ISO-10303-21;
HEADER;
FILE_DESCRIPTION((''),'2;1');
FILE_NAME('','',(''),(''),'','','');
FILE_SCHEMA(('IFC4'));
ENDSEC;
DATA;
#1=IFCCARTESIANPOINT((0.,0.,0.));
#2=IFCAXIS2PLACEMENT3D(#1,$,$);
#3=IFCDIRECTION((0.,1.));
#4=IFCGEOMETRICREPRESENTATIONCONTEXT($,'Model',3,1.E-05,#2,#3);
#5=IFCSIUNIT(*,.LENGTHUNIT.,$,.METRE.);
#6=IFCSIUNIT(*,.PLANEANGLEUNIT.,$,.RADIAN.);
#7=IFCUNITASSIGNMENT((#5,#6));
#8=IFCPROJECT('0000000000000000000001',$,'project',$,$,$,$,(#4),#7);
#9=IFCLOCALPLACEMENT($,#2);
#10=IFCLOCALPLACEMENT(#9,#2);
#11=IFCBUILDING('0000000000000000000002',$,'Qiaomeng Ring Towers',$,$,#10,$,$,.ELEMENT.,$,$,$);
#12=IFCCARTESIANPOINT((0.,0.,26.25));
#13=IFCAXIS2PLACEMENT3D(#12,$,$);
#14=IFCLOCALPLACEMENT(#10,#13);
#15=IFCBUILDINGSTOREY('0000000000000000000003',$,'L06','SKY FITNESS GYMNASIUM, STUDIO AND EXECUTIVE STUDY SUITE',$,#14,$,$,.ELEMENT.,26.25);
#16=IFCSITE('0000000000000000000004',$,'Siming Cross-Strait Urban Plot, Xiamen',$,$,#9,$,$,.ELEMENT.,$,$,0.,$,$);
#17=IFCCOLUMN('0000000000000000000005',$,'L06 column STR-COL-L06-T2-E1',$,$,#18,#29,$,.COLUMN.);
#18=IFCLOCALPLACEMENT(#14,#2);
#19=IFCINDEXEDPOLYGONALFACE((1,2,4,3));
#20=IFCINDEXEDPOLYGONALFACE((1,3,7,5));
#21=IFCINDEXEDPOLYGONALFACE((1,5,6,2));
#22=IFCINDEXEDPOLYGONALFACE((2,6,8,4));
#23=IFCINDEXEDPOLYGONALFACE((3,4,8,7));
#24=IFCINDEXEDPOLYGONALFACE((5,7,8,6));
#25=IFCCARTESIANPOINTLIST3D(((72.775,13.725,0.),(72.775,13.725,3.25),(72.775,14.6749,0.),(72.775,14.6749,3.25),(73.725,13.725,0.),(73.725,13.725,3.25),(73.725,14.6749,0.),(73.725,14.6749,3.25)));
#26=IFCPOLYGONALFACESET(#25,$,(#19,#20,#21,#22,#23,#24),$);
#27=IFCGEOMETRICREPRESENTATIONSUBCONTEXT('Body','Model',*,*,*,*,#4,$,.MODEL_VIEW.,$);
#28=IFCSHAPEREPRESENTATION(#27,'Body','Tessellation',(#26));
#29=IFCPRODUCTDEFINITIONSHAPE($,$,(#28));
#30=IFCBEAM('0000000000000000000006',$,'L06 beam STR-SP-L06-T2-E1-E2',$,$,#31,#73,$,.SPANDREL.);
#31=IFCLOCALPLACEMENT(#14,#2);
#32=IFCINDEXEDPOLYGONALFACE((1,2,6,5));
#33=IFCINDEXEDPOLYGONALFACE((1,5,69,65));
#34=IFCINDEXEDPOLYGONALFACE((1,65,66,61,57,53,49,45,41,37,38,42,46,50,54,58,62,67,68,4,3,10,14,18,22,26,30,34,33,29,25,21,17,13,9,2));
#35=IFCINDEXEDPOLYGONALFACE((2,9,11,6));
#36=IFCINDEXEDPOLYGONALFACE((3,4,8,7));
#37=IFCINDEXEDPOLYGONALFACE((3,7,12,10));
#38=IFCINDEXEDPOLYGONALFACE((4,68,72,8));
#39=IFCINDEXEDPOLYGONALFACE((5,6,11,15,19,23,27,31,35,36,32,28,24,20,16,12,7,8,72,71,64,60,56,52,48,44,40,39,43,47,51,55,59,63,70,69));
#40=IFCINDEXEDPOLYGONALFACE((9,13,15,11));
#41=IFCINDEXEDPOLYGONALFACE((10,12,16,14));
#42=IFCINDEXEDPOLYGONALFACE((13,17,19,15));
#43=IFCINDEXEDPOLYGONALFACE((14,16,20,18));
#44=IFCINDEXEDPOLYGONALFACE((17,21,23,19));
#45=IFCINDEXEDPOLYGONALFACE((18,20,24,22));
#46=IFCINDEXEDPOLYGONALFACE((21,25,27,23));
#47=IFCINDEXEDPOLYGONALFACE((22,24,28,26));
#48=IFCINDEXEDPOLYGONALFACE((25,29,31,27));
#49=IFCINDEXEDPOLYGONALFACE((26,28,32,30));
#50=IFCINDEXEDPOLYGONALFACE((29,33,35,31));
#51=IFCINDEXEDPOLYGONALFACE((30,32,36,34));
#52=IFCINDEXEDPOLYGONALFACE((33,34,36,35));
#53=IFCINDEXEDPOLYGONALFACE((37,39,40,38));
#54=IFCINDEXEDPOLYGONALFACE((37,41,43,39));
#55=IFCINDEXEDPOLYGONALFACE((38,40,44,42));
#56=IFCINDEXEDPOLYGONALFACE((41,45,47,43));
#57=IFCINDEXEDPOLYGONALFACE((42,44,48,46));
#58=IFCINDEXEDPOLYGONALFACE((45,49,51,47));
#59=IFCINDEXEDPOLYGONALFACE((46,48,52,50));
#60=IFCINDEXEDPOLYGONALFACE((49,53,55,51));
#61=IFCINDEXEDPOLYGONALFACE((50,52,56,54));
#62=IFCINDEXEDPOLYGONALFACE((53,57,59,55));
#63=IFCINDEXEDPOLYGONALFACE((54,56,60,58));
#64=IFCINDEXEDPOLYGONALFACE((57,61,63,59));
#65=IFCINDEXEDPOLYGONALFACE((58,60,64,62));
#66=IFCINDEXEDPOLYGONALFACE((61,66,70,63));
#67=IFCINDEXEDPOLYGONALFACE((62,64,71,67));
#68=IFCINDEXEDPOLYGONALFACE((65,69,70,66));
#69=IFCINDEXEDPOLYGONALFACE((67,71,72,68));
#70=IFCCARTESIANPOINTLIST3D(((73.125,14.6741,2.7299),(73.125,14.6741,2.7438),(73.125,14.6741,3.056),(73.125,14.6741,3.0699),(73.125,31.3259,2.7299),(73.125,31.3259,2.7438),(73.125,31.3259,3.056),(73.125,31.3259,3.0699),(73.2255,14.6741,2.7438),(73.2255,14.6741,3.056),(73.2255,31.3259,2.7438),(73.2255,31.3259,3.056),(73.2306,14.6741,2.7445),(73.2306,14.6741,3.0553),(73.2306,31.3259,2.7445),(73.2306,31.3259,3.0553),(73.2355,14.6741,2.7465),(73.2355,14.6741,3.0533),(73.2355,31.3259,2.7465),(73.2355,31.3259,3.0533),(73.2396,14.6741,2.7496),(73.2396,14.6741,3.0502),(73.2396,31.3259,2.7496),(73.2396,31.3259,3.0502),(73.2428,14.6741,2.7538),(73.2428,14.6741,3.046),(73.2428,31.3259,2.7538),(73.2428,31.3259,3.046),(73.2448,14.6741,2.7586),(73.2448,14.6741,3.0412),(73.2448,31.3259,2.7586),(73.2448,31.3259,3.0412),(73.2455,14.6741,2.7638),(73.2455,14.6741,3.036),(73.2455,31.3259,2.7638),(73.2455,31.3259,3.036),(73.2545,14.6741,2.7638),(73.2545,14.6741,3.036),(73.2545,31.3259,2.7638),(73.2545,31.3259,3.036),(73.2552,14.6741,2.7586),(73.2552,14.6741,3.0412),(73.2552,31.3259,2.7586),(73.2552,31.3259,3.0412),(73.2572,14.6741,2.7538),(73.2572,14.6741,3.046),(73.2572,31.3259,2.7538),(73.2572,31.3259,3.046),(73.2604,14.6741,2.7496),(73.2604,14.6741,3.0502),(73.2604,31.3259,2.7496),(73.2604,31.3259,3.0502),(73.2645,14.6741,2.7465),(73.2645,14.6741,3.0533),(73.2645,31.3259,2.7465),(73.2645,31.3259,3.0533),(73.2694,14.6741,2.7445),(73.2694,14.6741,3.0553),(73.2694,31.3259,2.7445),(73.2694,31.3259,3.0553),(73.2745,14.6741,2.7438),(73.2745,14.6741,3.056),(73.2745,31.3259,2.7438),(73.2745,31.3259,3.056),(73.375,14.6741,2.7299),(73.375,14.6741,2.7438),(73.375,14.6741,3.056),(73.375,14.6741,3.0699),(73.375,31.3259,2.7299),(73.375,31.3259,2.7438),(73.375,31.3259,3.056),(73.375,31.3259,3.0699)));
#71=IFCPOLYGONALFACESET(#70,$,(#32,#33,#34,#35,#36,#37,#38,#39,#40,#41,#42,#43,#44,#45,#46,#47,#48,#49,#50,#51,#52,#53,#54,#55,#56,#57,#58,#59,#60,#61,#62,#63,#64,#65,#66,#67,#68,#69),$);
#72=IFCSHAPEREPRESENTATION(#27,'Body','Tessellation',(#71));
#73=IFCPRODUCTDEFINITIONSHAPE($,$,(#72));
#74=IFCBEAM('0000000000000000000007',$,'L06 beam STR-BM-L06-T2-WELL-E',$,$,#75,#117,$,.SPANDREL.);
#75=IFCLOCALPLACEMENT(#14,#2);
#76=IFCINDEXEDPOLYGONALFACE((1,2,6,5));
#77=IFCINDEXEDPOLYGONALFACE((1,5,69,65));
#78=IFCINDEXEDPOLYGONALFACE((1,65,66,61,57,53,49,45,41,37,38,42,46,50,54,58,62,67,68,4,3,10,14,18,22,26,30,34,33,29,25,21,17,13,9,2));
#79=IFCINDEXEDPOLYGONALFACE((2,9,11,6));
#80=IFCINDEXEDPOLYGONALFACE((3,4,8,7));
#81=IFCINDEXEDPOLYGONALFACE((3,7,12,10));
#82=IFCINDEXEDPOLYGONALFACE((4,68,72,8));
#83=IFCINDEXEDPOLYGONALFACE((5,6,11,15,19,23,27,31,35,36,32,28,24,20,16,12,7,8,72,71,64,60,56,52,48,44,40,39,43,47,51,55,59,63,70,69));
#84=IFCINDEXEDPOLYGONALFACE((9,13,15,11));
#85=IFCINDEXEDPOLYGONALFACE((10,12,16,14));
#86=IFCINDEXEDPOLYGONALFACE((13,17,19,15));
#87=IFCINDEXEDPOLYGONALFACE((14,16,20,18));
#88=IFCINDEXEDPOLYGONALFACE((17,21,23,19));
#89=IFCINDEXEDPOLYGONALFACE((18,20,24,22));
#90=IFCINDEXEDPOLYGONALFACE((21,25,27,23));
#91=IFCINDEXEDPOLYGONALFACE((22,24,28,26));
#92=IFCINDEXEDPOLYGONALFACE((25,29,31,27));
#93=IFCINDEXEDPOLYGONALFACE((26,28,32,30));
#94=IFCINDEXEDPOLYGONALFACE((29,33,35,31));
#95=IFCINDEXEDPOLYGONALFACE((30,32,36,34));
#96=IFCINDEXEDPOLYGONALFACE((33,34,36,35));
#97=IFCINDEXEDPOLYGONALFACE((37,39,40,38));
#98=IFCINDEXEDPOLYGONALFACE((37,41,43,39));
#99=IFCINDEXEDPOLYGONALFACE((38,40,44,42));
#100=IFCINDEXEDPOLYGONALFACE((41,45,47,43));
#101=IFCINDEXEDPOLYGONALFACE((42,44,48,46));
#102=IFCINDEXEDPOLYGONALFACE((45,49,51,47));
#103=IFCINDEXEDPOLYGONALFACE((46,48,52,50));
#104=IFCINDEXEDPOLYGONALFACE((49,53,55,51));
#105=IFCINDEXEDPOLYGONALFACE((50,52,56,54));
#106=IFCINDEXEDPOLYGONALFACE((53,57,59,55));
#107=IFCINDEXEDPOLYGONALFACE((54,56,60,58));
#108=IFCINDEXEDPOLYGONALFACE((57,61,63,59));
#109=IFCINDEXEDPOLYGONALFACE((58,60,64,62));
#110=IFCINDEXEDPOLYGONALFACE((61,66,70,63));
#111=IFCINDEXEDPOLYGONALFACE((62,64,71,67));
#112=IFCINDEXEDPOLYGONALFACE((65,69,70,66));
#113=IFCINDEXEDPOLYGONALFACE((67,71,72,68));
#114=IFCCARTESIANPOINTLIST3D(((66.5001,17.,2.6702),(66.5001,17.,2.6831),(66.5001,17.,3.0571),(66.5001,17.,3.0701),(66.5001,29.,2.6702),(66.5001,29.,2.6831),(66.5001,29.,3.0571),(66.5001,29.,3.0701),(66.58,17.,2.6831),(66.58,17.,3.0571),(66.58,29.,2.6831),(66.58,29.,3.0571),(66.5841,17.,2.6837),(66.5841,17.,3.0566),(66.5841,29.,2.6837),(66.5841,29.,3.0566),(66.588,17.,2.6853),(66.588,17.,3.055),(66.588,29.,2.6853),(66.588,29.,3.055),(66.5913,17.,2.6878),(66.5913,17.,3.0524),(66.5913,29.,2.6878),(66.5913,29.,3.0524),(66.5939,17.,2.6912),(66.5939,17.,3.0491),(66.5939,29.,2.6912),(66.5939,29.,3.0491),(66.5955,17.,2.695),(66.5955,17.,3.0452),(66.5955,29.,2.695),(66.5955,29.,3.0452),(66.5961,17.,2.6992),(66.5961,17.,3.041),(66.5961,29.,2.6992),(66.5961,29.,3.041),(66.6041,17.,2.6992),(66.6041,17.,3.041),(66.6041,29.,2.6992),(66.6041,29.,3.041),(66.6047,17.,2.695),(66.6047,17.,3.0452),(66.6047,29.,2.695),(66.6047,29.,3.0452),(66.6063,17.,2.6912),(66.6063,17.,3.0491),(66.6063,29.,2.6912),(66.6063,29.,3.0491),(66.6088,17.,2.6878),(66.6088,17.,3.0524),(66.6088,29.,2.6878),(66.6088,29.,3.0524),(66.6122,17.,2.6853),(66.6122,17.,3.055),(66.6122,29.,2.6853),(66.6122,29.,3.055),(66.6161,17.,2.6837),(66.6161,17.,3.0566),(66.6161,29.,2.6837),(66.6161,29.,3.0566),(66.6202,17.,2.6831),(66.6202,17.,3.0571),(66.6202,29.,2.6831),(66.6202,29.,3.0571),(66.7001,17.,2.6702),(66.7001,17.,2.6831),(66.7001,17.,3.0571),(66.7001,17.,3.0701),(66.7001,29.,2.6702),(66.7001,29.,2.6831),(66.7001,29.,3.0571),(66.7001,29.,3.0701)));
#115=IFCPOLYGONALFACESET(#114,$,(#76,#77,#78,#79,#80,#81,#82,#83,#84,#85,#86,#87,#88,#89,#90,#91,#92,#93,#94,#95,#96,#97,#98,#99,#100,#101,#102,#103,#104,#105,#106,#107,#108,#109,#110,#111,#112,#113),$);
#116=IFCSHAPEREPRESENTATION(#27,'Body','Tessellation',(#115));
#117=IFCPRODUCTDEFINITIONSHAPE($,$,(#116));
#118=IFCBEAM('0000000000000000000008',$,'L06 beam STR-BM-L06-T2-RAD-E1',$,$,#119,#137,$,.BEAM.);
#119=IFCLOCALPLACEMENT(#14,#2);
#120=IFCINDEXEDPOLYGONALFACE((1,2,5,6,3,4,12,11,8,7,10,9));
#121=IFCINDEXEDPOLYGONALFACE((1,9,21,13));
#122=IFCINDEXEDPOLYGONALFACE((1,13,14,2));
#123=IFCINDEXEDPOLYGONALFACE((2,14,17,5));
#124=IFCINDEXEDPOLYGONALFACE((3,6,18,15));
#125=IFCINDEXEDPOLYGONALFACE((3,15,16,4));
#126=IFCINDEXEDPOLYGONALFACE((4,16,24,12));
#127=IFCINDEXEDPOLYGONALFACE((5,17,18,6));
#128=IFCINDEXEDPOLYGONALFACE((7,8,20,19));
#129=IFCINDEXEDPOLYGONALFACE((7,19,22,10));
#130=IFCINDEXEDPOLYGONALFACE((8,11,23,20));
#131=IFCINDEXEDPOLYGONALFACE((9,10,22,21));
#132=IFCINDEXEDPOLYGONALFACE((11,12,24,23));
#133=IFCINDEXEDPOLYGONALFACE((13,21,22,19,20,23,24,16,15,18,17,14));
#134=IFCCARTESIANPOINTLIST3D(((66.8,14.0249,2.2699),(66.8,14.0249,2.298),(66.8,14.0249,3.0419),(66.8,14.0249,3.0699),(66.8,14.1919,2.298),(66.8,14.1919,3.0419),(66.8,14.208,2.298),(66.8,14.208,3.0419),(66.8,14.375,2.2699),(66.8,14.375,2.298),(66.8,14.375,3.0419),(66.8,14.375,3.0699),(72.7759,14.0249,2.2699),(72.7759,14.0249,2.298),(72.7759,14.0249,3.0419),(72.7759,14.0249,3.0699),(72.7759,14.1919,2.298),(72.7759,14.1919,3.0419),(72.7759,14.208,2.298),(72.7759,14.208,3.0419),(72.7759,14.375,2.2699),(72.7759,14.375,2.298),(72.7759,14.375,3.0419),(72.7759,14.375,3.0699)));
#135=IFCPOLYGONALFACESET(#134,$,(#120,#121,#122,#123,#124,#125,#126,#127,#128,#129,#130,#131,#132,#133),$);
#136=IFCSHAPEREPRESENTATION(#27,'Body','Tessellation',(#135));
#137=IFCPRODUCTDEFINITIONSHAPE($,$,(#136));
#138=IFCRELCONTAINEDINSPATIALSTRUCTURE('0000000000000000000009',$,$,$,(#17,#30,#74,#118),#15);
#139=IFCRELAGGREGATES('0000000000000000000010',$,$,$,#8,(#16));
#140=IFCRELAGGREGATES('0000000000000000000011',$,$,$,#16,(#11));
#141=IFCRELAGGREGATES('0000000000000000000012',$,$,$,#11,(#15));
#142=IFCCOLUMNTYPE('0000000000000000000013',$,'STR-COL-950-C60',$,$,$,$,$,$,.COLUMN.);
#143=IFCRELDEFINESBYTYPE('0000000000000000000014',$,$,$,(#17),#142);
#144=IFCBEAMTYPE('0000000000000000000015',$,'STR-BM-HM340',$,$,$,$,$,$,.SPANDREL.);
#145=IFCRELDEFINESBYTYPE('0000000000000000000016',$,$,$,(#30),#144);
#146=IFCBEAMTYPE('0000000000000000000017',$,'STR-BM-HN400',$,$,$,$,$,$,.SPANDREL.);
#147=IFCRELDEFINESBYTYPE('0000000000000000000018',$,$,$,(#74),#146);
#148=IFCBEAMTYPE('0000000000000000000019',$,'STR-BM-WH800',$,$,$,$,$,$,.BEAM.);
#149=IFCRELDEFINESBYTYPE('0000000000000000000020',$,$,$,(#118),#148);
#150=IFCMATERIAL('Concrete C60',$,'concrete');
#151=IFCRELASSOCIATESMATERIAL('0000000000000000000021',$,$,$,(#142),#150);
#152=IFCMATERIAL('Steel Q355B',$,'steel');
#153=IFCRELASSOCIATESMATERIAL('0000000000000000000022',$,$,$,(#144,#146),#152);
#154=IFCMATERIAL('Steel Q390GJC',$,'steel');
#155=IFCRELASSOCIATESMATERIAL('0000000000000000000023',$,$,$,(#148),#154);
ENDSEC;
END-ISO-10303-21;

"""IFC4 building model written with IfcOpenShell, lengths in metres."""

from ifc_helpers import new_model, si_unit, direction, frame, origin, origin_2d, place, context, subcontext, project, spatial, rectangle, i_section, extrude, source, transform, mapped, material, material_profile, profile_set, type_object, element, save


model = new_model("IFC4")

# Units and contexts
model_context = context("Model", 3, precision=1e-05, world=origin(), true_north=direction((0.0, 1.0)))
body_context = subcontext(model_context, "Body", "Model", "MODEL_VIEW")
ifc_project = project(units=[si_unit("LENGTHUNIT", "METRE"), si_unit("PLANEANGLEUNIT", "RADIAN")], contexts=[model_context])

# Site, building, storey
site_placement = place(None, origin())
site = spatial("IfcSite", under=ifc_project, at=site_placement, Name="Siming Cross-Strait Urban Plot, Xiamen", CompositionType="ELEMENT", RefElevation=0.0)
building_placement = place(site_placement, origin())
building = spatial("IfcBuilding", under=site, at=building_placement, Name="Qiaomeng Ring Towers", CompositionType="ELEMENT")
storey_placement = place(building_placement, frame((0.0, 0.0, 26.25)))
storey = spatial("IfcBuildingStorey", under=building, at=storey_placement, Name="L06", Description="SKY FITNESS GYMNASIUM, STUDIO AND EXECUTIVE STUDY SUITE", CompositionType="ELEMENT", Elevation=26.25)

# Column
ifc_material_1 = material(Name="Concrete C60", Category="concrete")
ifc_material_profile_1 = material_profile(ifc_material_1, rectangle(XDim=0.95, YDim=0.95, at=origin_2d()), Name="RC COL 950x950")
ifc_profile_set_1 = profile_set([ifc_material_profile_1], Name="Concrete C60")
column_type = type_object("IfcColumnType", Name="STR-COL-950-C60", PredefinedType="COLUMN", material=ifc_profile_set_1)
shared_shape_1 = source(origin(), body_context, "Body", "SweptSolid", [
    extrude(rectangle(XDim=0.95, YDim=0.95, at=origin_2d()), origin(), (0.0, 0.0, 1.0), 3.25),
])
column_placement = place(storey_placement, frame((73.25, 14.2, 0.0), z_axis=(0.0, 0.0, 1.0), x_axis=(1.0, 0.0, 0.0)))
element("IfcColumn", 1, at=column_placement, inside=storey, type_object=column_type, Name="L06 column STR-COL-L06-T2-E1", PredefinedType="COLUMN", context=body_context, shape_type="MappedRepresentation", body=[
    mapped(shared_shape_1, transform((0.0, 0.0, 0.0), x_axis=(1.0, 0.0, 0.0), y_axis=(0.0, 1.0, 0.0), z_axis=(0.0, 0.0, 1.0), scale=1.0)),
])

# Beams
ifc_material_2 = material(Name="Steel Q355B", Category="steel")
ifc_material_profile_2 = material_profile(ifc_material_2, i_section(OverallWidth=0.25, OverallDepth=0.3401, WebThickness=0.009, FlangeThickness=0.0139, FilletRadius=0.02, at=origin_2d()), Name="HM 340x250x9x14")
ifc_profile_set_2 = profile_set([ifc_material_profile_2], Name="Steel Q355B")
beam_type_1 = type_object("IfcBeamType", Name="STR-BM-HM340", PredefinedType="SPANDREL", material=ifc_profile_set_2)
shared_shape_2 = source(origin(), body_context, "Body", "SweptSolid", [
    extrude(i_section(OverallWidth=0.25, OverallDepth=0.3401, WebThickness=0.009, FlangeThickness=0.0139, FilletRadius=0.02, at=origin_2d()), origin(), (0.0, 0.0, 1.0), 16.6519),
])
beam_1_placement = place(storey_placement, frame((73.25, 14.6741, 2.8999), z_axis=(0.0, 1.0, 0.0), x_axis=(-1.0, 0.0, 0.0)))
element("IfcBeam", 2, at=beam_1_placement, inside=storey, type_object=beam_type_1, Name="L06 beam STR-SP-L06-T2-E1-E2", PredefinedType="SPANDREL", context=body_context, shape_type="MappedRepresentation", body=[
    mapped(shared_shape_2, transform((0.0, 0.0, 0.0), x_axis=(1.0, 0.0, 0.0), y_axis=(0.0, 1.0, 0.0), z_axis=(0.0, 0.0, 1.0), scale=1.0)),
])
ifc_material_profile_3 = material_profile(ifc_material_2, i_section(OverallWidth=0.2, OverallDepth=0.3999, WebThickness=0.0081, FlangeThickness=0.0129, FilletRadius=0.0161, at=origin_2d()), Name="HN 400x200x8x13")
ifc_profile_set_3 = profile_set([ifc_material_profile_3], Name="Steel Q355B")
beam_type_2 = type_object("IfcBeamType", Name="STR-BM-HN400", PredefinedType="SPANDREL", material=ifc_profile_set_3)
shared_shape_3 = source(origin(), body_context, "Body", "SweptSolid", [
    extrude(i_section(OverallWidth=0.2, OverallDepth=0.3999, WebThickness=0.0081, FlangeThickness=0.0129, FilletRadius=0.0161, at=origin_2d()), origin(), (0.0, 0.0, 1.0), 12.0),
])
beam_2_placement = place(storey_placement, frame((66.6001, 17.0, 2.8701), z_axis=(0.0, 1.0, 0.0), x_axis=(-1.0, 0.0, 0.0)))
element("IfcBeam", 3, at=beam_2_placement, inside=storey, type_object=beam_type_2, Name="L06 beam STR-BM-L06-T2-WELL-E", PredefinedType="SPANDREL", context=body_context, shape_type="MappedRepresentation", body=[
    mapped(shared_shape_3, transform((0.0, 0.0, 0.0), x_axis=(1.0, 0.0, 0.0), y_axis=(0.0, 1.0, 0.0), z_axis=(0.0, 0.0, 1.0), scale=1.0)),
])
ifc_material_3 = material(Name="Steel Q390GJC", Category="steel")
ifc_material_profile_4 = material_profile(ifc_material_3, i_section(OverallWidth=0.3501, OverallDepth=0.8, WebThickness=0.0161, FlangeThickness=0.0281, at=origin_2d()), Name="WH 800x350x16x28")
ifc_profile_set_4 = profile_set([ifc_material_profile_4], Name="Steel Q390GJC")
beam_type_3 = type_object("IfcBeamType", Name="STR-BM-WH800", PredefinedType="BEAM", material=ifc_profile_set_4)
shared_shape_4 = source(origin(), body_context, "Body", "SweptSolid", [
    extrude(i_section(OverallWidth=0.3501, OverallDepth=0.8, WebThickness=0.0161, FlangeThickness=0.0281, at=origin_2d()), origin(), (0.0, 0.0, 1.0), 5.9758),
])
beam_3_placement = place(storey_placement, frame((66.8, 14.2, 2.6699), z_axis=(1.0, 0.0, 0.0), x_axis=(0.0, 1.0, 0.0)))
element("IfcBeam", 4, at=beam_3_placement, inside=storey, type_object=beam_type_3, Name="L06 beam STR-BM-L06-T2-RAD-E1", PredefinedType="BEAM", context=body_context, shape_type="MappedRepresentation", body=[
    mapped(shared_shape_4, transform((0.0, 0.0, 0.0), x_axis=(1.0, 0.0, 0.0), y_axis=(0.0, 1.0, 0.0), z_axis=(0.0, 0.0, 1.0), scale=1.0)),
])

save(model, "model.ifc")
